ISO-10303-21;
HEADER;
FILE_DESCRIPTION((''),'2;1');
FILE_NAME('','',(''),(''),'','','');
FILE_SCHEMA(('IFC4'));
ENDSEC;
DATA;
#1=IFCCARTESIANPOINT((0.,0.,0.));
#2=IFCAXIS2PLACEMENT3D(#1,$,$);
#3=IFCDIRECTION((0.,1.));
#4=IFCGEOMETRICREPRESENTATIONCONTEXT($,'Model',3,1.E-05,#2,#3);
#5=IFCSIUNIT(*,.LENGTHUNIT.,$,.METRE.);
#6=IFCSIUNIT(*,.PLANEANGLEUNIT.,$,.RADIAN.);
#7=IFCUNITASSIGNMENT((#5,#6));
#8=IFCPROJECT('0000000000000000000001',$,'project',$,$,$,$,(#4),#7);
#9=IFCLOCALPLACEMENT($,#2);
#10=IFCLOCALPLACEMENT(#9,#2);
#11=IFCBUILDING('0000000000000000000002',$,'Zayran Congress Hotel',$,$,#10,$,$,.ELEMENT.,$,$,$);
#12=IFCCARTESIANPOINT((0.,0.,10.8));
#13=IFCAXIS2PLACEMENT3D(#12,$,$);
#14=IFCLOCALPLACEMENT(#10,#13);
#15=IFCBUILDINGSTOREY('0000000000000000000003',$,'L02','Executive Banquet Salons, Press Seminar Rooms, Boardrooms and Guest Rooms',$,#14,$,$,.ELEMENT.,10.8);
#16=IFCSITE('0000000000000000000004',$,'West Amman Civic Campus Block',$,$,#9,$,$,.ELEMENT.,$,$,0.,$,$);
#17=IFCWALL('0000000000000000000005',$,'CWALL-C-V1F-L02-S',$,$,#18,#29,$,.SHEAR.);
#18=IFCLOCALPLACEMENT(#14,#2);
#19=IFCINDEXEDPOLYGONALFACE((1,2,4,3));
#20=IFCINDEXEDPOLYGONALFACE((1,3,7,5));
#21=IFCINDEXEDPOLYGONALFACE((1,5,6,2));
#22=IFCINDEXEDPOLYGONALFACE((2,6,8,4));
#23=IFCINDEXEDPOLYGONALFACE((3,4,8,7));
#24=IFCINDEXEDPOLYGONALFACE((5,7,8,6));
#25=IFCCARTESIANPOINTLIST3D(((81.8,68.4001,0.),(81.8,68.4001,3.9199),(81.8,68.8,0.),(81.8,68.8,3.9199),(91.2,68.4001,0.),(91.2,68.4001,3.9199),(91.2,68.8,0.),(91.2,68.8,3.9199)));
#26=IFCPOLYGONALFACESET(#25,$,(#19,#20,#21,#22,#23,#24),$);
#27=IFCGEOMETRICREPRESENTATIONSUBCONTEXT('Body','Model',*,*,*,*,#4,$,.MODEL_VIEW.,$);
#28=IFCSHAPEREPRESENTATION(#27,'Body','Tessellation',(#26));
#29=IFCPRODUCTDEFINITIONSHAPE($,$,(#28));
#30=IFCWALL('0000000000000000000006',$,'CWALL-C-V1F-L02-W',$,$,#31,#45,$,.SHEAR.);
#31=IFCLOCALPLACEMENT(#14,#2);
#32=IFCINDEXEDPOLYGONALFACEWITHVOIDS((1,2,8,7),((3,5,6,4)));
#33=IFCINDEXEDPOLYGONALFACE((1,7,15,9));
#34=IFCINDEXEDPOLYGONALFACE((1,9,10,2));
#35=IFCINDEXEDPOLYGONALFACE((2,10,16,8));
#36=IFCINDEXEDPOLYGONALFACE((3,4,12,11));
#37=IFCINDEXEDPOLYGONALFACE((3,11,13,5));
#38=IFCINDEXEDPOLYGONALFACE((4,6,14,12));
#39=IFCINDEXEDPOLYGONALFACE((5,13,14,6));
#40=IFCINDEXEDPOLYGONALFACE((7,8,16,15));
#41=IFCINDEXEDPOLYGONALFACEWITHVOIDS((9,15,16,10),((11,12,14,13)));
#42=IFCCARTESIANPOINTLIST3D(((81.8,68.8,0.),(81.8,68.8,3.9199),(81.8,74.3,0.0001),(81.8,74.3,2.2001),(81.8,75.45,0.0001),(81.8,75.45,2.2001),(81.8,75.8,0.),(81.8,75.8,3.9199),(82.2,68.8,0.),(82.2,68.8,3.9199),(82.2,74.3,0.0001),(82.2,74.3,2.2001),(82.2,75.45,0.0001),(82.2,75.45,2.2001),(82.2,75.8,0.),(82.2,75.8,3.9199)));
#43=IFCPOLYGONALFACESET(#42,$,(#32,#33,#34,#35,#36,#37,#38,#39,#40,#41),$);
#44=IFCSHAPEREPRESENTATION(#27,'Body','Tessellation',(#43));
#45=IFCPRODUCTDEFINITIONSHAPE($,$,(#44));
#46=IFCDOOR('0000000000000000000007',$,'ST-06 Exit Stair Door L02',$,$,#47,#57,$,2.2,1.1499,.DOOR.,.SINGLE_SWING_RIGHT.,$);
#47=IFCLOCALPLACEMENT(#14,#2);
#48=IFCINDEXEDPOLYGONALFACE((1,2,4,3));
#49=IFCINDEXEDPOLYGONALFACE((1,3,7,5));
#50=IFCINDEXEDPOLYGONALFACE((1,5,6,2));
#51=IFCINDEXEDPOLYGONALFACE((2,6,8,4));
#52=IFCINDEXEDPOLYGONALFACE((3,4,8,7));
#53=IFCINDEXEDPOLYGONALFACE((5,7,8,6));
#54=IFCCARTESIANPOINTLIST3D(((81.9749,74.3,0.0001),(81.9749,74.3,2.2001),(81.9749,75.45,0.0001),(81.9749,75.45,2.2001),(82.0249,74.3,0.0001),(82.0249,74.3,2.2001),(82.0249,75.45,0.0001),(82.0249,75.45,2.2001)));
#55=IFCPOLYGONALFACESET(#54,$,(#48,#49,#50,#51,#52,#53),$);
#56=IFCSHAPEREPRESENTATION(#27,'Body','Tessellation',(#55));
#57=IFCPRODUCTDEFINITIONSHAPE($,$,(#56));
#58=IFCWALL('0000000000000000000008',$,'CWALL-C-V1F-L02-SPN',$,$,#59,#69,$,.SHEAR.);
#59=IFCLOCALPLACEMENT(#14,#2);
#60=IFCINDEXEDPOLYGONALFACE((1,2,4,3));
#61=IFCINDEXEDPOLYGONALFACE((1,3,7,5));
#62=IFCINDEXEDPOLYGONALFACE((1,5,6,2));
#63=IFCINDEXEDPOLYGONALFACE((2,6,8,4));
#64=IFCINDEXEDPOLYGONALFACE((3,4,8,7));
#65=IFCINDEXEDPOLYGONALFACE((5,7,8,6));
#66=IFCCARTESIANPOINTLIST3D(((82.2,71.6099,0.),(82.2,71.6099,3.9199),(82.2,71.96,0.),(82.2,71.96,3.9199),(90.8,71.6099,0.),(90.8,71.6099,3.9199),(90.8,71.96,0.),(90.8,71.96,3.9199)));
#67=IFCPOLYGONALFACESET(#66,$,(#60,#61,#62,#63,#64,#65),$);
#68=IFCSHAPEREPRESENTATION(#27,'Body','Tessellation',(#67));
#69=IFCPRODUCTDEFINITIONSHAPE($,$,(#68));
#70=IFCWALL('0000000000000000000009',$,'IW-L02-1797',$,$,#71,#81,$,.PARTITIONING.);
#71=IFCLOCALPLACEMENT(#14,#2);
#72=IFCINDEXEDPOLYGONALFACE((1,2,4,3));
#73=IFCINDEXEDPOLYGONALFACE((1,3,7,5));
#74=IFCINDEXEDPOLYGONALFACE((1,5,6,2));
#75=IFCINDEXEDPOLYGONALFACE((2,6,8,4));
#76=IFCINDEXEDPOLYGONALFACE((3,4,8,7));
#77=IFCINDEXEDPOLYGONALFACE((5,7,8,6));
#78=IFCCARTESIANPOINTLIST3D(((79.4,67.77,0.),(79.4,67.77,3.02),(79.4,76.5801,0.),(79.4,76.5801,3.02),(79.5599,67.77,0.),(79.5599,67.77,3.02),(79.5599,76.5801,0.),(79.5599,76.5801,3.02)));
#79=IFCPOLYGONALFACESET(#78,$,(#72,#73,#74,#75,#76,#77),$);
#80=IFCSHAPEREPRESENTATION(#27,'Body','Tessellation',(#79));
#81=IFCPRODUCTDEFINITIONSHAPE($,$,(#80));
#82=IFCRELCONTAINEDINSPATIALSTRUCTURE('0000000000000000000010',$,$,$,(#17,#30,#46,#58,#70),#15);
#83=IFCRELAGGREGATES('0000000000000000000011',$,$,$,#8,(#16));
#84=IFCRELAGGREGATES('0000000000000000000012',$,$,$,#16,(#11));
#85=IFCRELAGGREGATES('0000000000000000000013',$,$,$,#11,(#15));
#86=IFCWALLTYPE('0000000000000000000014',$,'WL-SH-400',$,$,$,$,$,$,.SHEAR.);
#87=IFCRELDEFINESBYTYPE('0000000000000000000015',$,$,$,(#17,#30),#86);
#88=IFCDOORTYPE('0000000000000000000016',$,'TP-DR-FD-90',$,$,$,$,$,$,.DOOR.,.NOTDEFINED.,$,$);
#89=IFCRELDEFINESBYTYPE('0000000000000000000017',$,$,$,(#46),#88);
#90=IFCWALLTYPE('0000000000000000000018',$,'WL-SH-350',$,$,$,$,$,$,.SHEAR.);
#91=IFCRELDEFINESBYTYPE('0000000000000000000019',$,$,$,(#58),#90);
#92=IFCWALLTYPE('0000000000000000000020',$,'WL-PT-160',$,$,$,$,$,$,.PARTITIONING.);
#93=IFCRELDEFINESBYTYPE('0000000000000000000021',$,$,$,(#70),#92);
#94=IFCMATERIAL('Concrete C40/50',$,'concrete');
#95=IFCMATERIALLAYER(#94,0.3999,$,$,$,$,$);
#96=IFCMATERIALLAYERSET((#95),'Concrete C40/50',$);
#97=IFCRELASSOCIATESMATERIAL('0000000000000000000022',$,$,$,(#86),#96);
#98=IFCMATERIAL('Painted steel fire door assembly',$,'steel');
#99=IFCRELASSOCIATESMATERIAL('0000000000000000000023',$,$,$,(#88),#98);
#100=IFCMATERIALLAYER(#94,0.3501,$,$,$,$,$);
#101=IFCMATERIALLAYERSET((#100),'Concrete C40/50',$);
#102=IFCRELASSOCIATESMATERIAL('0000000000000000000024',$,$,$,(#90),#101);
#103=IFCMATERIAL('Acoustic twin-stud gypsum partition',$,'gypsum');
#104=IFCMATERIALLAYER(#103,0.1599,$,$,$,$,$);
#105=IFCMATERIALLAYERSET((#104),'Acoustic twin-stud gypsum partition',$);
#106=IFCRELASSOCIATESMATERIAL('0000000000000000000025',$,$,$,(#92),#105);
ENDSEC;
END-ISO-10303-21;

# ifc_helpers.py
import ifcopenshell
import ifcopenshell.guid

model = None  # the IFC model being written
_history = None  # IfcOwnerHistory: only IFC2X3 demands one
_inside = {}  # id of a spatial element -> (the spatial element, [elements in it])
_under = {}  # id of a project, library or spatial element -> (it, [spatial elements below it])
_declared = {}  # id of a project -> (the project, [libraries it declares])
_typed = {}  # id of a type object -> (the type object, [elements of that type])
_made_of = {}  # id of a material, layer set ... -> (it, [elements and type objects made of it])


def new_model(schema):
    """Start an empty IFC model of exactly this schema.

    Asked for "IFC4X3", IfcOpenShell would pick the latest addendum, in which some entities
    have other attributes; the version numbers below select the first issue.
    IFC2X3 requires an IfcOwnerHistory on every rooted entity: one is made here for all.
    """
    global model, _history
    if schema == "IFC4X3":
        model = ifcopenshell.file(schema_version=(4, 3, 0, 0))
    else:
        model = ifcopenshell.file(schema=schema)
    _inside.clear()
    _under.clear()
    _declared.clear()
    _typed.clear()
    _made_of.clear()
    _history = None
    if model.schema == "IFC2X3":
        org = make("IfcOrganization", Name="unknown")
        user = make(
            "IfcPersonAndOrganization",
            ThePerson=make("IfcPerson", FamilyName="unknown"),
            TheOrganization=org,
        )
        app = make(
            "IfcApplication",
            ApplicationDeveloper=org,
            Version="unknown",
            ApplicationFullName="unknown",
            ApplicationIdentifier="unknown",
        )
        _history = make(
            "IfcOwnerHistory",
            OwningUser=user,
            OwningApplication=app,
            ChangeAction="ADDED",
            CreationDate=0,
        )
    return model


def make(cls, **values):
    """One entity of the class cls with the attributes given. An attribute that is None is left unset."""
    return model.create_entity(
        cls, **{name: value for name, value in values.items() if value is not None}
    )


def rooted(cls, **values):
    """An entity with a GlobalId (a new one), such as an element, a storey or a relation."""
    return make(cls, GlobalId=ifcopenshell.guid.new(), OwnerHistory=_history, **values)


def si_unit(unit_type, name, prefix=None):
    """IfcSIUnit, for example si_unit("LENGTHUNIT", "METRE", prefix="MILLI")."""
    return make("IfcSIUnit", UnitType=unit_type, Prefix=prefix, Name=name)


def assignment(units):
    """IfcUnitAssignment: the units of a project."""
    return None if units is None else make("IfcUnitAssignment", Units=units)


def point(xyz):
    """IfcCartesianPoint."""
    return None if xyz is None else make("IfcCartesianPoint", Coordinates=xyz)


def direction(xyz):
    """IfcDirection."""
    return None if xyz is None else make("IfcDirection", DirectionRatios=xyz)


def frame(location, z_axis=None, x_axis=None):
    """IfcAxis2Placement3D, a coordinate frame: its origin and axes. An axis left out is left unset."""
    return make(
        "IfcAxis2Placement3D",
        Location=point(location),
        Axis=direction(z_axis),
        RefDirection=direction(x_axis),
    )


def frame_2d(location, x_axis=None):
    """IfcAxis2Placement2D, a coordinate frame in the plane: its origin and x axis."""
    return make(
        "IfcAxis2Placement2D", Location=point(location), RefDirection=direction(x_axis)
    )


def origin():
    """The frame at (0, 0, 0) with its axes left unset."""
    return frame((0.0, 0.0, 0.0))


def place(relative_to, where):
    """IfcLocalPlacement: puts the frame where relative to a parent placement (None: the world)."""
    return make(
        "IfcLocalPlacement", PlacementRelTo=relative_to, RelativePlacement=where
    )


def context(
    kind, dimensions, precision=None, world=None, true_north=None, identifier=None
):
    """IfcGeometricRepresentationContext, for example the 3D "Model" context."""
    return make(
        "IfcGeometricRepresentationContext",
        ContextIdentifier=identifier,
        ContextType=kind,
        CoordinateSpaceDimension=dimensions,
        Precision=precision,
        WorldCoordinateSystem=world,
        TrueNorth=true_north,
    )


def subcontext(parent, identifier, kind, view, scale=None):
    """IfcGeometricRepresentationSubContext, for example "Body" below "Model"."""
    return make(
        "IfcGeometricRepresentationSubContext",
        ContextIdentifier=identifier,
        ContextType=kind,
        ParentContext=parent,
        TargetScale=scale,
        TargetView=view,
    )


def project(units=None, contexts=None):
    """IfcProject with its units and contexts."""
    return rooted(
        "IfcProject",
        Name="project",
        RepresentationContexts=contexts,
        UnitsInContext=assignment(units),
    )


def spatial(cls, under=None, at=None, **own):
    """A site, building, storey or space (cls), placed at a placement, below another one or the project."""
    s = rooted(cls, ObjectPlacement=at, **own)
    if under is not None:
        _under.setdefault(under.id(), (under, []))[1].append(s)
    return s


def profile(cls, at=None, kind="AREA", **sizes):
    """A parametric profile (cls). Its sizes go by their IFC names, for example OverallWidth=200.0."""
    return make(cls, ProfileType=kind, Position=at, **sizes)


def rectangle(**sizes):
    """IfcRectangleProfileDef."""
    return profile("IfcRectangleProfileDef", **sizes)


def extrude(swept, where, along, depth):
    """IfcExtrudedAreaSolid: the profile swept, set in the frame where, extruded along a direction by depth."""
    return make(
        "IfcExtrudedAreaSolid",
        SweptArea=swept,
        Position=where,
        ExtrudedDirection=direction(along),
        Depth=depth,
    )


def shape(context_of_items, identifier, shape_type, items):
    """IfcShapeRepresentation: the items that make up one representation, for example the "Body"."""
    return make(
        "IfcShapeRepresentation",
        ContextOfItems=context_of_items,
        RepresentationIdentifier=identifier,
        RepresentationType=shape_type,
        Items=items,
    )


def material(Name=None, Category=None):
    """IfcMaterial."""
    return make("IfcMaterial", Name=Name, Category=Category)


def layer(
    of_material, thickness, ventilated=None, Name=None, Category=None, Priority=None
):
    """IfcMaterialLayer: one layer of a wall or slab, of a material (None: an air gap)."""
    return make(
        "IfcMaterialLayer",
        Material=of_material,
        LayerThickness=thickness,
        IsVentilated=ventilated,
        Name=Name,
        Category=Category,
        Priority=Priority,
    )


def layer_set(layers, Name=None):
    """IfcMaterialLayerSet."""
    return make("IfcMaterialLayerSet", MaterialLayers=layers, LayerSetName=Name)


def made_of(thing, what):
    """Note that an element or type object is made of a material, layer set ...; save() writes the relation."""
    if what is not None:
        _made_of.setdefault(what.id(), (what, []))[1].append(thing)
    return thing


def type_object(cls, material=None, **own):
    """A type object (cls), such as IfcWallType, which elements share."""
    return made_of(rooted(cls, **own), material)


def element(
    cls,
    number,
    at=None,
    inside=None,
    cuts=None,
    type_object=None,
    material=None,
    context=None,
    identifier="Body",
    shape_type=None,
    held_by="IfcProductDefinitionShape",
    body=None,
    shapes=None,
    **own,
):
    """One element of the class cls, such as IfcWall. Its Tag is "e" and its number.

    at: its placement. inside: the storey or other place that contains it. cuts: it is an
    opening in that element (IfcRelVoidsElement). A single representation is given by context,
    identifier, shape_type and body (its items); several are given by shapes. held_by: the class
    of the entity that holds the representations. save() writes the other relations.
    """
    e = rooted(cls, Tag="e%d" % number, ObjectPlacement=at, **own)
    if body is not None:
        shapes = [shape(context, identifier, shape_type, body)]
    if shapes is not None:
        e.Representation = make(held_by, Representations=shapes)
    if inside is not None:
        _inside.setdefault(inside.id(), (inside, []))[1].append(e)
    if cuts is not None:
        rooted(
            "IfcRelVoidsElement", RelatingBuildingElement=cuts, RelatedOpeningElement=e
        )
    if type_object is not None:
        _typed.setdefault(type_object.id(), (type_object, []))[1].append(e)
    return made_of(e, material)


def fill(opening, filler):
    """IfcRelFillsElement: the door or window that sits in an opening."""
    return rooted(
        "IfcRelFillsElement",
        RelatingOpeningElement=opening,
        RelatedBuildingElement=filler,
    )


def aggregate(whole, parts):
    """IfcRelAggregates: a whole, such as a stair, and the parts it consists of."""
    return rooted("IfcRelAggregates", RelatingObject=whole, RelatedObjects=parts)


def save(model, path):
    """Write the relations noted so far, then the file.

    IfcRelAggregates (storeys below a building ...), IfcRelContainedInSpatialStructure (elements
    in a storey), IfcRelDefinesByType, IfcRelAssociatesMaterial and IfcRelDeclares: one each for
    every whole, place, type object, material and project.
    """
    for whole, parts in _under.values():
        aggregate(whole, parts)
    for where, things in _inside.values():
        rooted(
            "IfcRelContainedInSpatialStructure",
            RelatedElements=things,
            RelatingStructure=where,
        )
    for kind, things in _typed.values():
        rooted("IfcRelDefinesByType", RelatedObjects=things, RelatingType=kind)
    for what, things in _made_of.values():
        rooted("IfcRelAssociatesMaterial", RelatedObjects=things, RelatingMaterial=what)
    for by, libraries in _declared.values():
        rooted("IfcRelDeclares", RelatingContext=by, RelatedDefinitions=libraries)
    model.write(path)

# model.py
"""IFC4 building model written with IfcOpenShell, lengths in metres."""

from ifc_helpers import new_model, si_unit, direction, frame, frame_2d, origin, place, context, subcontext, project, spatial, rectangle, extrude, material, layer, layer_set, type_object, element, fill, save


model = new_model("IFC4")

# Units and contexts
model_context = context("Model", 3, precision=1e-05, world=origin(), true_north=direction((0.0, 1.0)))
body_context = subcontext(model_context, "Body", "Model", "MODEL_VIEW")
ifc_project = project(units=[si_unit("LENGTHUNIT", "METRE"), si_unit("PLANEANGLEUNIT", "RADIAN")], contexts=[model_context])

# Site, building, storey
site_placement = place(None, origin())
site = spatial("IfcSite", under=ifc_project, at=site_placement, Name="West Amman Civic Campus Block", CompositionType="ELEMENT", RefElevation=0.0)
building_placement = place(site_placement, origin())
building = spatial("IfcBuilding", under=site, at=building_placement, Name="Zayran Congress Hotel", CompositionType="ELEMENT")
storey_placement = place(building_placement, frame((0.0, 0.0, 10.8)))
storey = spatial("IfcBuildingStorey", under=building, at=storey_placement, Name="L02", Description="Executive Banquet Salons, Press Seminar Rooms, Boardrooms and Guest Rooms", CompositionType="ELEMENT", Elevation=10.8)

# Wall
ifc_material_1 = material(Name="Concrete C40/50", Category="concrete")
ifc_layer_1 = layer(ifc_material_1, 0.3999)
ifc_layer_set_1 = layer_set([ifc_layer_1], Name="Concrete C40/50")
wall_type_1 = type_object("IfcWallType", Name="WL-SH-400", PredefinedType="SHEAR", material=ifc_layer_set_1)
wall_1_placement = place(storey_placement, frame((81.8, 68.6001, 0.0), z_axis=(0.0, 0.0, 1.0), x_axis=(1.0, 0.0, 0.0)))
element("IfcWall", 1, at=wall_1_placement, inside=storey, type_object=wall_type_1, Name="CWALL-C-V1F-L02-S", PredefinedType="SHEAR", context=body_context, shape_type="SweptSolid", body=[
    extrude(rectangle(XDim=9.3999, YDim=0.3999, at=frame_2d((4.7, 0.0))), origin(), (0.0, 0.0, 1.0), 3.9199),
])

# Wall, opening, door
wall_2_placement = place(storey_placement, frame((82.0, 75.8, 0.0), z_axis=(0.0, 0.0, 1.0), x_axis=(0.0, -1.0, 0.0)))
wall_2 = element("IfcWall", 2, at=wall_2_placement, inside=storey, type_object=wall_type_1, Name="CWALL-C-V1F-L02-W", PredefinedType="SHEAR", context=body_context, shape_type="SweptSolid", body=[
    extrude(rectangle(XDim=7.0, YDim=0.3999, at=frame_2d((3.5, 0.0))), origin(), (0.0, 0.0, 1.0), 3.9199),
])
opening_placement = place(wall_2_placement, frame((0.3501, 0.0, 0.0)))
opening = element("IfcOpeningElement", 3, at=opening_placement, cuts=wall_2, PredefinedType="OPENING", context=body_context, shape_type="SweptSolid", body=[
    extrude(rectangle(XDim=1.1499, YDim=2.2, at=frame_2d((0.575, 1.1001))), frame((0.0, 0.21, 0.0), z_axis=(0.0, -1.0, 0.0), x_axis=(1.0, 0.0, 0.0)), (0.0, 0.0, 1.0), 0.4199),
])
ifc_material_2 = material(Name="Painted steel fire door assembly", Category="steel")
door_type = type_object("IfcDoorType", Name="TP-DR-FD-90", OperationType="NOTDEFINED", PredefinedType="DOOR", material=ifc_material_2)
door_placement = place(opening_placement, origin())
door = element("IfcDoor", 4, at=door_placement, inside=storey, type_object=door_type, Name="ST-06 Exit Stair Door L02", OperationType="SINGLE_SWING_RIGHT", OverallHeight=2.2, OverallWidth=1.1499, PredefinedType="DOOR", context=body_context, shape_type="SweptSolid", body=[
    extrude(rectangle(XDim=1.1499, YDim=2.2, at=frame_2d((0.575, 1.1001))), frame((0.0, 0.0249, 0.0), z_axis=(0.0, -1.0, 0.0), x_axis=(1.0, 0.0, 0.0)), (0.0, 0.0, 1.0), 0.05),
])
fill(opening, door)

# Walls
ifc_layer_2 = layer(ifc_material_1, 0.3501)
ifc_layer_set_2 = layer_set([ifc_layer_2], Name="Concrete C40/50")
wall_type_2 = type_object("IfcWallType", Name="WL-SH-350", PredefinedType="SHEAR", material=ifc_layer_set_2)
wall_3_placement = place(storey_placement, frame((82.2, 71.7849, 0.0), z_axis=(0.0, 0.0, 1.0), x_axis=(1.0, 0.0, 0.0)))
element("IfcWall", 5, at=wall_3_placement, inside=storey, type_object=wall_type_2, Name="CWALL-C-V1F-L02-SPN", PredefinedType="SHEAR", context=body_context, shape_type="SweptSolid", body=[
    extrude(rectangle(XDim=8.6001, YDim=0.3501, at=frame_2d((4.3, 0.0))), origin(), (0.0, 0.0, 1.0), 3.9199),
])
ifc_material_3 = material(Name="Acoustic twin-stud gypsum partition", Category="gypsum")
ifc_layer_3 = layer(ifc_material_3, 0.1599)
ifc_layer_set_3 = layer_set([ifc_layer_3], Name="Acoustic twin-stud gypsum partition")
wall_type_3 = type_object("IfcWallType", Name="WL-PT-160", PredefinedType="PARTITIONING", material=ifc_layer_set_3)
wall_4_placement = place(storey_placement, frame((79.48, 67.77, 0.0), z_axis=(0.0, 0.0, 1.0), x_axis=(0.0, 1.0, 0.0)))
element("IfcWall", 6, at=wall_4_placement, inside=storey, type_object=wall_type_3, Name="IW-L02-1797", PredefinedType="PARTITIONING", context=body_context, shape_type="SweptSolid", body=[
    extrude(rectangle(XDim=8.8101, YDim=0.1599, at=frame_2d((4.405, 0.0))), origin(), (0.0, 0.0, 1.0), 3.02),
])

save(model, "model.ifc")
